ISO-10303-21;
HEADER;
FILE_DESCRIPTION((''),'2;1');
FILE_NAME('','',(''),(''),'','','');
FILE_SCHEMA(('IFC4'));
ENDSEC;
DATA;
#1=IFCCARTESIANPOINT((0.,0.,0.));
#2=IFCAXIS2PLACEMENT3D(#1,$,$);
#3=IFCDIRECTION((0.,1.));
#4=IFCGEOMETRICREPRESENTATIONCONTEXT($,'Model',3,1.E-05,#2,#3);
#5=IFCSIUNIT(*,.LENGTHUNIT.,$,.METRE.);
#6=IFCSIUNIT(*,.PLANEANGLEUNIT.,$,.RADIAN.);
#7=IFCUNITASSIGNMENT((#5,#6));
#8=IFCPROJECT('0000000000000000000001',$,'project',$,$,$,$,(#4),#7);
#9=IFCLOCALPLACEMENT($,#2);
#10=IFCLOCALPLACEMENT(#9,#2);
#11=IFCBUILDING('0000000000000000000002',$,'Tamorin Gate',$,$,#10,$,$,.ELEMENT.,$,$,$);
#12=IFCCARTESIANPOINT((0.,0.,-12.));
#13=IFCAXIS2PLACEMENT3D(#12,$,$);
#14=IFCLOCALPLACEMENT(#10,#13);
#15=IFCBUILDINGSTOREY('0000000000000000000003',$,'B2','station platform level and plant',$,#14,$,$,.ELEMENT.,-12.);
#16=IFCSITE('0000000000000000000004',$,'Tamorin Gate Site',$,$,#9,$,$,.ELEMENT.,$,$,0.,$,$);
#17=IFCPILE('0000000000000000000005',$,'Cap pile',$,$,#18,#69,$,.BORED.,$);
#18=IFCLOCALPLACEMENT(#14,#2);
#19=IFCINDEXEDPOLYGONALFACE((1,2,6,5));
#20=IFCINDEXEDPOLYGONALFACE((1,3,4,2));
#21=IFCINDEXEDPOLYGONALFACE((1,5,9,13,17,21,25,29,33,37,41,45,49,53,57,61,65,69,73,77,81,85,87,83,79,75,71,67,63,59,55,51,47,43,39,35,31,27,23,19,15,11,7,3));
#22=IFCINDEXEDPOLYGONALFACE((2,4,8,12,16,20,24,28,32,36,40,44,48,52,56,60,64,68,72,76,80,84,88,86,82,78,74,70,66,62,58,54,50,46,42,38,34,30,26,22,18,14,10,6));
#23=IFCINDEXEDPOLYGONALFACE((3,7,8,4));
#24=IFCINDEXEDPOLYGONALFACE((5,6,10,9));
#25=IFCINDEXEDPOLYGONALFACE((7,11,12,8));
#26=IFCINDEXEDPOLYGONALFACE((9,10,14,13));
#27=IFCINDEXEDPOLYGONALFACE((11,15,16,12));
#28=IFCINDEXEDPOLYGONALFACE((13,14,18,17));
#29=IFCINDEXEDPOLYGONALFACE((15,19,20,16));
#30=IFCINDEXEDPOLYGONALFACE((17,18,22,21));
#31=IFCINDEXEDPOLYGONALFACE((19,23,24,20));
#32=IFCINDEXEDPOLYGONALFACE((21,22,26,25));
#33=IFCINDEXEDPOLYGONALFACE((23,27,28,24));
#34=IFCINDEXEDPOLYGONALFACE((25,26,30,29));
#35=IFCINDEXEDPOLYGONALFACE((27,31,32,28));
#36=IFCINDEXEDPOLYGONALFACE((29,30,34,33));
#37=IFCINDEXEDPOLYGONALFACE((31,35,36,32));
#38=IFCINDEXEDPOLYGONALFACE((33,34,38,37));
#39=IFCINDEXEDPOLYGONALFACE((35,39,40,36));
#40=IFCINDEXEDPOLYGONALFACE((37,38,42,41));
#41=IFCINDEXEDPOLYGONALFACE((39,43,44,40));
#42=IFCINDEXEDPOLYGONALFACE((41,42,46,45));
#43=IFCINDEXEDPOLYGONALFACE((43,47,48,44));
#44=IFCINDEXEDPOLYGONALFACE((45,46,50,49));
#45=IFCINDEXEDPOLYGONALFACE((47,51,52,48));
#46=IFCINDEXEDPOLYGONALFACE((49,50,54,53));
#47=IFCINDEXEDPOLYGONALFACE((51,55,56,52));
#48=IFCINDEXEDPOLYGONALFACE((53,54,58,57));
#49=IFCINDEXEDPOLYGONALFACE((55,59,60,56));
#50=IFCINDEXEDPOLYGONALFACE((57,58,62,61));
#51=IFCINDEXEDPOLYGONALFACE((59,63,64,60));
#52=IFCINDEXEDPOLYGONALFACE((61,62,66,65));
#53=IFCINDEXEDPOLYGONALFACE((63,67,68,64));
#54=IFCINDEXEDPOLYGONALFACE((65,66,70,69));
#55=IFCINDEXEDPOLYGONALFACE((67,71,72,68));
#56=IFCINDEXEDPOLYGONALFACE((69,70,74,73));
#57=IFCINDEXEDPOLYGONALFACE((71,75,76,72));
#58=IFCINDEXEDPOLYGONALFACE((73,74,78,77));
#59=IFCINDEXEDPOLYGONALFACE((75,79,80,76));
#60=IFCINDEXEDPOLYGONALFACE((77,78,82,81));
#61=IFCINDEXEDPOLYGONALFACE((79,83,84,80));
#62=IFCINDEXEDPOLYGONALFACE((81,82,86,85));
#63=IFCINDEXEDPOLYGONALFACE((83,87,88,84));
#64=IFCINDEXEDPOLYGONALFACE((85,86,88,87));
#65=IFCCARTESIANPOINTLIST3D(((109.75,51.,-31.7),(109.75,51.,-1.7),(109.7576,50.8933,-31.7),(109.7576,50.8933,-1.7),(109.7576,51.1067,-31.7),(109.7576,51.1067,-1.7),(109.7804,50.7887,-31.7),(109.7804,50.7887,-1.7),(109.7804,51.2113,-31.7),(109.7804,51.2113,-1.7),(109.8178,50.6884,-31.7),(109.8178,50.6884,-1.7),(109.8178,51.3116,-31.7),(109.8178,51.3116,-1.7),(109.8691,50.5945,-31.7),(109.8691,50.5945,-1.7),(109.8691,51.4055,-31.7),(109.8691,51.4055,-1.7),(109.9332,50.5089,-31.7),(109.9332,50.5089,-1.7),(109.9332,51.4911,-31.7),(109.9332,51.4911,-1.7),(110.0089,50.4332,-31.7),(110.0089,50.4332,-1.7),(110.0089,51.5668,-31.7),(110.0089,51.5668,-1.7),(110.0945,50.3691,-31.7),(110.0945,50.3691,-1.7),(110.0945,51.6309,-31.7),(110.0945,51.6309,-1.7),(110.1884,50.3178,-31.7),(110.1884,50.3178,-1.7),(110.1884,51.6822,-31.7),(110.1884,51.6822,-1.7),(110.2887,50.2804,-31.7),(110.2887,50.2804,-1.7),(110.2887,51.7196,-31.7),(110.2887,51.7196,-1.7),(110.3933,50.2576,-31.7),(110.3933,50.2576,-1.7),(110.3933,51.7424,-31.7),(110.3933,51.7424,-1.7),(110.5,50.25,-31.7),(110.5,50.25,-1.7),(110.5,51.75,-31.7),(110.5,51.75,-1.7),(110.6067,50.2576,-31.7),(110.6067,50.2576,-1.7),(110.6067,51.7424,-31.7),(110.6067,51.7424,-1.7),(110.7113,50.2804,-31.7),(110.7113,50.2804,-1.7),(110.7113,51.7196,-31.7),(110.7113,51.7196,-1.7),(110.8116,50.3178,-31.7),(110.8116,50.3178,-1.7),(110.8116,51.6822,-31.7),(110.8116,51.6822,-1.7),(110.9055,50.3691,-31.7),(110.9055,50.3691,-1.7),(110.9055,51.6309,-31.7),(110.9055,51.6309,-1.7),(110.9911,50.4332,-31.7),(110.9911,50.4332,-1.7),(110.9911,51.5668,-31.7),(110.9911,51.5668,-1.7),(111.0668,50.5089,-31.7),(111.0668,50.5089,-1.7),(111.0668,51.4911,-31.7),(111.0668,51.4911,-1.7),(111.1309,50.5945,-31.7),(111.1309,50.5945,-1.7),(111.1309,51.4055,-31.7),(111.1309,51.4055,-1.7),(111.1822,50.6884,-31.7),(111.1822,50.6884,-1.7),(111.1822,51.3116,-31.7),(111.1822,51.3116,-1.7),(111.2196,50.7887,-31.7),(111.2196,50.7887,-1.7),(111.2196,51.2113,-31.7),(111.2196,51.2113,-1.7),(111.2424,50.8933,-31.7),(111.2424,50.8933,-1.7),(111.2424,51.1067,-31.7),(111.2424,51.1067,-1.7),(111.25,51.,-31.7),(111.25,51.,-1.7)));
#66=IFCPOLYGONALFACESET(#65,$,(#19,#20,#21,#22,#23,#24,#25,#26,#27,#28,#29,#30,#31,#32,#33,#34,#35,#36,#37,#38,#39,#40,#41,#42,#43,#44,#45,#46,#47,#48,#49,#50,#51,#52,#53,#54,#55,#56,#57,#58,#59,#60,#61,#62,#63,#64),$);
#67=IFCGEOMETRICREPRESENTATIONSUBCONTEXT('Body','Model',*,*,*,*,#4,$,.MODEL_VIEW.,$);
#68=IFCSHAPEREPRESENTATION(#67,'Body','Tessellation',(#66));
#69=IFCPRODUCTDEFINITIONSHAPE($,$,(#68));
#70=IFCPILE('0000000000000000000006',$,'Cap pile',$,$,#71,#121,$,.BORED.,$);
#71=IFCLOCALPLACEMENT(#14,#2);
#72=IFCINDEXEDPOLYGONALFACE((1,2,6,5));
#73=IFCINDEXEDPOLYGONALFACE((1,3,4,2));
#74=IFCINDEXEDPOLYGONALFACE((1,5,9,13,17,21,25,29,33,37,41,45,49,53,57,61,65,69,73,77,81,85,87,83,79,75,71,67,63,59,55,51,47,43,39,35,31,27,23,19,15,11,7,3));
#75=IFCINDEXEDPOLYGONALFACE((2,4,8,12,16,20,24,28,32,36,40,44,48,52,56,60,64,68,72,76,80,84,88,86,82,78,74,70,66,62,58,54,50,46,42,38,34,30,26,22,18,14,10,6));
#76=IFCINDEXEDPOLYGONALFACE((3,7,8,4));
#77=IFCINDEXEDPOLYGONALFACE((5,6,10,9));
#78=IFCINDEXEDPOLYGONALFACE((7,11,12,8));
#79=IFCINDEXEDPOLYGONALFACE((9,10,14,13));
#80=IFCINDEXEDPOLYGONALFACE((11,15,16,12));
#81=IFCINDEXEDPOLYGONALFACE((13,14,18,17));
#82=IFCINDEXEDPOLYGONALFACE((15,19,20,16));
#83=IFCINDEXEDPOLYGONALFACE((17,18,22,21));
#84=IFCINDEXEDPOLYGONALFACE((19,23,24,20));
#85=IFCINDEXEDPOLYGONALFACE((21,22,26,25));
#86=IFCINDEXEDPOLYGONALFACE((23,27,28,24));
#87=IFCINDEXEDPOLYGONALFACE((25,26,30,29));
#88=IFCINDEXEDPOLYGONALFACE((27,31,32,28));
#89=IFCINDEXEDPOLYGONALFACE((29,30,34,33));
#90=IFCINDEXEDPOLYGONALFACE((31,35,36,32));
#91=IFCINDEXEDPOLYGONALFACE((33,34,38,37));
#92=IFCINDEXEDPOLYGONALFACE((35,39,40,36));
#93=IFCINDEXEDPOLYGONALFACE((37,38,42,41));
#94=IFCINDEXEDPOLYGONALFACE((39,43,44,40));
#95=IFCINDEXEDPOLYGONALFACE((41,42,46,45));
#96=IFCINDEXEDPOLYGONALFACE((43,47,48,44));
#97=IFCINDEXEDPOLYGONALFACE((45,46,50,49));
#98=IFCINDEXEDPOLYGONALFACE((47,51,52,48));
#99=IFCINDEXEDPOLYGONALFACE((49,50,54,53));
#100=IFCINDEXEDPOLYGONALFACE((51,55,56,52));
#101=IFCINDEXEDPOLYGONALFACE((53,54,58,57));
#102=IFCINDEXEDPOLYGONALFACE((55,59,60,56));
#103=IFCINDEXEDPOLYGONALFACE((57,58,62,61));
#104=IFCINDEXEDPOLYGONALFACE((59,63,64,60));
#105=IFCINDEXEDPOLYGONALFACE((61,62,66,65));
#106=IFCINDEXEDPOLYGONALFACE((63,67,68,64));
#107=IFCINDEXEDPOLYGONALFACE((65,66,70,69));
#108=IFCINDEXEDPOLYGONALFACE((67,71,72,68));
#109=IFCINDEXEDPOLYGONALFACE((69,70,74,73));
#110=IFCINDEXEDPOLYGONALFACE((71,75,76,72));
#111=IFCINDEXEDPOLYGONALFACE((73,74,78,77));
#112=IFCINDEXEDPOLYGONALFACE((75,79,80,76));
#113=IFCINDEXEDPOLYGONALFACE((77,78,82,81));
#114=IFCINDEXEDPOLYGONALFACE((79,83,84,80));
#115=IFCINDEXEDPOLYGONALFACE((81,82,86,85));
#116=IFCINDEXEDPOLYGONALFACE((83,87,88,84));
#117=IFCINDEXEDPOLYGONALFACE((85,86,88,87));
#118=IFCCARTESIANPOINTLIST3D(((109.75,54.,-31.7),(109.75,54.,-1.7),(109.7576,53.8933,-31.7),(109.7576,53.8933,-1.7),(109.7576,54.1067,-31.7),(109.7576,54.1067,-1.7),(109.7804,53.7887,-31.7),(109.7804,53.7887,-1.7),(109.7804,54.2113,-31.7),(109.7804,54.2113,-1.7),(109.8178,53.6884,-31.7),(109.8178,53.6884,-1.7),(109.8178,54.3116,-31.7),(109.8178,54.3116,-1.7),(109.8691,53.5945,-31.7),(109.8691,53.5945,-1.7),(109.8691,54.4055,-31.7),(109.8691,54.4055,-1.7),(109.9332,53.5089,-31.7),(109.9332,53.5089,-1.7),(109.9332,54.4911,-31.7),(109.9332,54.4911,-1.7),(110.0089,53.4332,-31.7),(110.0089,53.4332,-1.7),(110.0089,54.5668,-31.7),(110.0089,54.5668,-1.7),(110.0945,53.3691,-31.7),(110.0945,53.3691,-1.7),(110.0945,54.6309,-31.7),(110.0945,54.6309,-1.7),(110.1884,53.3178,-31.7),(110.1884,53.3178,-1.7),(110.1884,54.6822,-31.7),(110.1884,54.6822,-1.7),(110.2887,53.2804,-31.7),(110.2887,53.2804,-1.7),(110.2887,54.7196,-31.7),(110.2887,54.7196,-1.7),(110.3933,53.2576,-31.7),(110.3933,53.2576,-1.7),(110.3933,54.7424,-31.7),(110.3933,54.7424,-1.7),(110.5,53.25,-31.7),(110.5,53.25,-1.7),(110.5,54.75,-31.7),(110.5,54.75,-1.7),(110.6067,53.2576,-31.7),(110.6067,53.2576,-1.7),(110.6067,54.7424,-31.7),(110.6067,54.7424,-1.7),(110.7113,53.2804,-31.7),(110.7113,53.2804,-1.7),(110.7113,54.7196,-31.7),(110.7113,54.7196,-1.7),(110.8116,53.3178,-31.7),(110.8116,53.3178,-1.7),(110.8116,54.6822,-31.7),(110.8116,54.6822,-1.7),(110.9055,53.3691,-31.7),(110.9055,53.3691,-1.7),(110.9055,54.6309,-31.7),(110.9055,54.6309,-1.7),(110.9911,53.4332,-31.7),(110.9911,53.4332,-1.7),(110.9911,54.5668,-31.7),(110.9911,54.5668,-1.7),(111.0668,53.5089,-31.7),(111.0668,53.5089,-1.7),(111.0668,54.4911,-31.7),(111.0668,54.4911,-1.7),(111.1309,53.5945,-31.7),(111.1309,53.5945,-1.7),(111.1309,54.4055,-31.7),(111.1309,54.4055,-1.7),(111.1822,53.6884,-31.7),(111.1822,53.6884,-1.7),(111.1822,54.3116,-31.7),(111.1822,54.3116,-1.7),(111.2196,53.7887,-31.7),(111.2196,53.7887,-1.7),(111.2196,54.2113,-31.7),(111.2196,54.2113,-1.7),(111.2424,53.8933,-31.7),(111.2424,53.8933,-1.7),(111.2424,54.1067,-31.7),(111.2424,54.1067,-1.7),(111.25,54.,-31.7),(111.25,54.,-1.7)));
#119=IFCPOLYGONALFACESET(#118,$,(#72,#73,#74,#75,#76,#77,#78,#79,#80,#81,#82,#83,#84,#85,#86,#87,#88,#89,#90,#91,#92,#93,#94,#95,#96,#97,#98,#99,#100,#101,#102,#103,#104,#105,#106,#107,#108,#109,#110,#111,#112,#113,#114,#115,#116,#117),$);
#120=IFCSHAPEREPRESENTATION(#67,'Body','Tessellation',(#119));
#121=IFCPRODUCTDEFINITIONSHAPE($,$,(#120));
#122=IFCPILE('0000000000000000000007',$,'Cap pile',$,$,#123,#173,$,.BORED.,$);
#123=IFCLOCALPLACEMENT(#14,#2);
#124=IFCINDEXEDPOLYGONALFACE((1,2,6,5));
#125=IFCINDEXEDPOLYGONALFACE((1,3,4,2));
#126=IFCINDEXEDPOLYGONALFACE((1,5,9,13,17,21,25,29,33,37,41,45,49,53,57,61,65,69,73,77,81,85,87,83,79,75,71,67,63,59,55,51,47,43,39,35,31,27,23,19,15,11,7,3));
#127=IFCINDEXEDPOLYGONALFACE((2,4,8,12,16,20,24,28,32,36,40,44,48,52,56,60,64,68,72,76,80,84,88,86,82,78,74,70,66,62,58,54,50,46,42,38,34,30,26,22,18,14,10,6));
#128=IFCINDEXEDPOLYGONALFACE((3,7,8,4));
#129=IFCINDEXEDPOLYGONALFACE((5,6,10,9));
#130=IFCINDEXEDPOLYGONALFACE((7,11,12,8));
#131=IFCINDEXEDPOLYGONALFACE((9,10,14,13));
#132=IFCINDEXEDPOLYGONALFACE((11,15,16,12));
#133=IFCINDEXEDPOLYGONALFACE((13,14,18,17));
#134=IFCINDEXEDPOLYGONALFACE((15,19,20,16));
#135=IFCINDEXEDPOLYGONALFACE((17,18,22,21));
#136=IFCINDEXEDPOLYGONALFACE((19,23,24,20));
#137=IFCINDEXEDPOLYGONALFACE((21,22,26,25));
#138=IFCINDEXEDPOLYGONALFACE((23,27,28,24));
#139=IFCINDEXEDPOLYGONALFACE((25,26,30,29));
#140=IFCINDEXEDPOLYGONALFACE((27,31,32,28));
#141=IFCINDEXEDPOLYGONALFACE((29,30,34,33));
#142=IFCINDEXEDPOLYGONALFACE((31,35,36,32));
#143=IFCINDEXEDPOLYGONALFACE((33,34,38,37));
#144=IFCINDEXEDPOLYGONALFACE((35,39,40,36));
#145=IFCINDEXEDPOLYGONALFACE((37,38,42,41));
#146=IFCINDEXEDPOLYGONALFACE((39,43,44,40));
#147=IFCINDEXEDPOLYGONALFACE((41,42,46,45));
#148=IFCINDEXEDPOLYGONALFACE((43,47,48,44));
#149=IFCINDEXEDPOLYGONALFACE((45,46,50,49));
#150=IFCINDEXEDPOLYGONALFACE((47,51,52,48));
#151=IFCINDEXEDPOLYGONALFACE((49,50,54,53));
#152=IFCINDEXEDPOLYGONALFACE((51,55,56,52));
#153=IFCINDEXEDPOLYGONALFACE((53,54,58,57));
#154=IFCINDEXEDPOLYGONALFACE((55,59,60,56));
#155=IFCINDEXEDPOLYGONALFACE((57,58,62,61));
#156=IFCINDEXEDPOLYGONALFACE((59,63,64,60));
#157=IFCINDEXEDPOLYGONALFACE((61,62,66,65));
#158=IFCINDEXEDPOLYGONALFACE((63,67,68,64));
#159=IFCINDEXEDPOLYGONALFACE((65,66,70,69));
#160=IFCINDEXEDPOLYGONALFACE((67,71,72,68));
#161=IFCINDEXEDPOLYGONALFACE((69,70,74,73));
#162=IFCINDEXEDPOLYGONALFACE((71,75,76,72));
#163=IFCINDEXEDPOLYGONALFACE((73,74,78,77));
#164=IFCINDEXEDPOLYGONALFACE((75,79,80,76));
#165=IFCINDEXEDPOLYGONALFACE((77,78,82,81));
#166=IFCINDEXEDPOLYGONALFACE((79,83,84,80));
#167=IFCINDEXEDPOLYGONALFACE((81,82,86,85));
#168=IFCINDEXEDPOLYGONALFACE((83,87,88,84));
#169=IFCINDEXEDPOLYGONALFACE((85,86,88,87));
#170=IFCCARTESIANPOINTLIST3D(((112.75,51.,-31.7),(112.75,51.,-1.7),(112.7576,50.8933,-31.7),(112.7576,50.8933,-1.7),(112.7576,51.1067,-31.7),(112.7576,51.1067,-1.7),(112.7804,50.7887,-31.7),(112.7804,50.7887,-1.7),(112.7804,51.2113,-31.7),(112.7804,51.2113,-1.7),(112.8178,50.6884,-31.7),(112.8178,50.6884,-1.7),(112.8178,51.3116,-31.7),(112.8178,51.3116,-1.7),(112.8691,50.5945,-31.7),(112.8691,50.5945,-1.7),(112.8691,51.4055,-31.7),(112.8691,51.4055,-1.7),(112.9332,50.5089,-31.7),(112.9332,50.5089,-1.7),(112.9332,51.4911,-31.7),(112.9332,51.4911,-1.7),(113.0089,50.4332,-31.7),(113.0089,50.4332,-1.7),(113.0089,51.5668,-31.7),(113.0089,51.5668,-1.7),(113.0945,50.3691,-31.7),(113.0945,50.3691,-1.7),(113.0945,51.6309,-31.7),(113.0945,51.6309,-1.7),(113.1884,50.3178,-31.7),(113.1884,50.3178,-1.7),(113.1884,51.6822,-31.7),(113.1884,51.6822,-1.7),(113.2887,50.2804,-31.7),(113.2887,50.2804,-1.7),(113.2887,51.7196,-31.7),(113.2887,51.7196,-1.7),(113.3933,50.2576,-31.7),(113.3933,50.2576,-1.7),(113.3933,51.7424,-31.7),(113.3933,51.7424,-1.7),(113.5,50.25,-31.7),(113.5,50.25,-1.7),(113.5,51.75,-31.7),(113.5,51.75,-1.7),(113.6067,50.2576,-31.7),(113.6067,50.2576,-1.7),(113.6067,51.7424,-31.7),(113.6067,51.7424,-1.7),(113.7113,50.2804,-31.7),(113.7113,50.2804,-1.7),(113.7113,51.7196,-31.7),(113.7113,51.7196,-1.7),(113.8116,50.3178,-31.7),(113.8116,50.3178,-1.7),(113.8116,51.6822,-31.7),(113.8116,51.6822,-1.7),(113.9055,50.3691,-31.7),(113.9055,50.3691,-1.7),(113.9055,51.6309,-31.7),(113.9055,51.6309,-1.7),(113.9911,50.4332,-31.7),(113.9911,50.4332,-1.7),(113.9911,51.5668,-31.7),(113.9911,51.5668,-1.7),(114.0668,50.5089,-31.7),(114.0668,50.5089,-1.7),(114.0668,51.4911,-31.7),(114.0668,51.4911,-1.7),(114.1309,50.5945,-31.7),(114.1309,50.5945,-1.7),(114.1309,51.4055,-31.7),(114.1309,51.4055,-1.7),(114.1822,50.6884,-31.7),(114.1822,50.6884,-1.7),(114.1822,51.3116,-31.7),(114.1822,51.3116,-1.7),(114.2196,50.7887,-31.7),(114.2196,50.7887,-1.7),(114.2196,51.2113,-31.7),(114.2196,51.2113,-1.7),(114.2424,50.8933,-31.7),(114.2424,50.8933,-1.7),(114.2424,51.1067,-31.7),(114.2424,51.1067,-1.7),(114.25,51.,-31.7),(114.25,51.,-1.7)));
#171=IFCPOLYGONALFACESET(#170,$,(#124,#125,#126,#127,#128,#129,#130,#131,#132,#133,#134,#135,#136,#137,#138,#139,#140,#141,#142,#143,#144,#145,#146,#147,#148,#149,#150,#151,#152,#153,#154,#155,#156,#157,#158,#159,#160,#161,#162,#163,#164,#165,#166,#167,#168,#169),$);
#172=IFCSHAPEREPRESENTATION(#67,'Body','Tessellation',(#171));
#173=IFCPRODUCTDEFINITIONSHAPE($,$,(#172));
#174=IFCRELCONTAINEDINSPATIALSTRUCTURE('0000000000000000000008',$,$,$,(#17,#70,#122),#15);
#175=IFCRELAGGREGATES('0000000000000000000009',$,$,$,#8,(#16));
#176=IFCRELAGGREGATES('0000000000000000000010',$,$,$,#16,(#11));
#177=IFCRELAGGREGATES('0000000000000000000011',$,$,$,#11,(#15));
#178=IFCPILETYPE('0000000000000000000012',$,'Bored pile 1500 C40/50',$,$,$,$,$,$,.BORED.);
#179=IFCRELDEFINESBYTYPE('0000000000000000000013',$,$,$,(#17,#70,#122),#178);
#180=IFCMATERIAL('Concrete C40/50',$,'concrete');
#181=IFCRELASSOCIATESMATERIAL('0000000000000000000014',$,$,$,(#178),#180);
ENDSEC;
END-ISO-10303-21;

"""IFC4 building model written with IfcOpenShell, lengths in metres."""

from ifc_helpers import new_model, si_unit, direction, frame, origin, origin_2d, place, context, subcontext, project, spatial, circle, extrude, material, material_profile, profile_set, type_object, element, save


model = new_model("IFC4")

# Units and contexts
model_context = context("Model", 3, precision=1e-05, world=origin(), true_north=direction((0.0, 1.0)))
body_context = subcontext(model_context, "Body", "Model", "MODEL_VIEW")
ifc_project = project(units=[si_unit("LENGTHUNIT", "METRE"), si_unit("PLANEANGLEUNIT", "RADIAN")], contexts=[model_context])

# Site, building, storey
site_placement = place(None, origin())
site = spatial("IfcSite", under=ifc_project, at=site_placement, Name="Tamorin Gate Site", CompositionType="ELEMENT", RefElevation=0.0)
building_placement = place(site_placement, origin())
building = spatial("IfcBuilding", under=site, at=building_placement, Name="Tamorin Gate", CompositionType="ELEMENT")
storey_placement = place(building_placement, frame((0.0, 0.0, -12.0)))
storey = spatial("IfcBuildingStorey", under=building, at=storey_placement, Name="B2", Description="station platform level and plant", CompositionType="ELEMENT", Elevation=-12.0)

# Piles
ifc_material_1 = material(Name="Concrete C40/50", Category="concrete")
ifc_material_profile_1 = material_profile(ifc_material_1, circle(Radius=0.75, at=origin_2d()))
ifc_profile_set_1 = profile_set([ifc_material_profile_1], Name="Concrete C40/50")
pile_type = type_object("IfcPileType", Name="Bored pile 1500 C40/50", PredefinedType="BORED", material=ifc_profile_set_1)
for number, where, z_axis, x_axis, name in (
    (1, (110.5, 51.0, -1.7), (0.0, 0.0, -1.0), (1.0, 0.0, 0.0), "Cap pile"),
    (2, (110.5, 54.0, -1.7), (0.0, 0.0, -1.0), (1.0, 0.0, 0.0), "Cap pile"),
    (3, (113.5, 51.0, -1.7), (0.0, 0.0, -1.0), (1.0, 0.0, 0.0), "Cap pile"),
):
    element("IfcPile", number, at=place(storey_placement, frame(where, z_axis=z_axis, x_axis=x_axis)), inside=storey, type_object=pile_type, Name=name, PredefinedType="BORED", context=body_context, shape_type="SweptSolid", body=[
        extrude(circle(Radius=0.75, at=origin_2d()), origin(), (0.0, 0.0, 1.0), 30.0),
    ])

save(model, "model.ifc")
